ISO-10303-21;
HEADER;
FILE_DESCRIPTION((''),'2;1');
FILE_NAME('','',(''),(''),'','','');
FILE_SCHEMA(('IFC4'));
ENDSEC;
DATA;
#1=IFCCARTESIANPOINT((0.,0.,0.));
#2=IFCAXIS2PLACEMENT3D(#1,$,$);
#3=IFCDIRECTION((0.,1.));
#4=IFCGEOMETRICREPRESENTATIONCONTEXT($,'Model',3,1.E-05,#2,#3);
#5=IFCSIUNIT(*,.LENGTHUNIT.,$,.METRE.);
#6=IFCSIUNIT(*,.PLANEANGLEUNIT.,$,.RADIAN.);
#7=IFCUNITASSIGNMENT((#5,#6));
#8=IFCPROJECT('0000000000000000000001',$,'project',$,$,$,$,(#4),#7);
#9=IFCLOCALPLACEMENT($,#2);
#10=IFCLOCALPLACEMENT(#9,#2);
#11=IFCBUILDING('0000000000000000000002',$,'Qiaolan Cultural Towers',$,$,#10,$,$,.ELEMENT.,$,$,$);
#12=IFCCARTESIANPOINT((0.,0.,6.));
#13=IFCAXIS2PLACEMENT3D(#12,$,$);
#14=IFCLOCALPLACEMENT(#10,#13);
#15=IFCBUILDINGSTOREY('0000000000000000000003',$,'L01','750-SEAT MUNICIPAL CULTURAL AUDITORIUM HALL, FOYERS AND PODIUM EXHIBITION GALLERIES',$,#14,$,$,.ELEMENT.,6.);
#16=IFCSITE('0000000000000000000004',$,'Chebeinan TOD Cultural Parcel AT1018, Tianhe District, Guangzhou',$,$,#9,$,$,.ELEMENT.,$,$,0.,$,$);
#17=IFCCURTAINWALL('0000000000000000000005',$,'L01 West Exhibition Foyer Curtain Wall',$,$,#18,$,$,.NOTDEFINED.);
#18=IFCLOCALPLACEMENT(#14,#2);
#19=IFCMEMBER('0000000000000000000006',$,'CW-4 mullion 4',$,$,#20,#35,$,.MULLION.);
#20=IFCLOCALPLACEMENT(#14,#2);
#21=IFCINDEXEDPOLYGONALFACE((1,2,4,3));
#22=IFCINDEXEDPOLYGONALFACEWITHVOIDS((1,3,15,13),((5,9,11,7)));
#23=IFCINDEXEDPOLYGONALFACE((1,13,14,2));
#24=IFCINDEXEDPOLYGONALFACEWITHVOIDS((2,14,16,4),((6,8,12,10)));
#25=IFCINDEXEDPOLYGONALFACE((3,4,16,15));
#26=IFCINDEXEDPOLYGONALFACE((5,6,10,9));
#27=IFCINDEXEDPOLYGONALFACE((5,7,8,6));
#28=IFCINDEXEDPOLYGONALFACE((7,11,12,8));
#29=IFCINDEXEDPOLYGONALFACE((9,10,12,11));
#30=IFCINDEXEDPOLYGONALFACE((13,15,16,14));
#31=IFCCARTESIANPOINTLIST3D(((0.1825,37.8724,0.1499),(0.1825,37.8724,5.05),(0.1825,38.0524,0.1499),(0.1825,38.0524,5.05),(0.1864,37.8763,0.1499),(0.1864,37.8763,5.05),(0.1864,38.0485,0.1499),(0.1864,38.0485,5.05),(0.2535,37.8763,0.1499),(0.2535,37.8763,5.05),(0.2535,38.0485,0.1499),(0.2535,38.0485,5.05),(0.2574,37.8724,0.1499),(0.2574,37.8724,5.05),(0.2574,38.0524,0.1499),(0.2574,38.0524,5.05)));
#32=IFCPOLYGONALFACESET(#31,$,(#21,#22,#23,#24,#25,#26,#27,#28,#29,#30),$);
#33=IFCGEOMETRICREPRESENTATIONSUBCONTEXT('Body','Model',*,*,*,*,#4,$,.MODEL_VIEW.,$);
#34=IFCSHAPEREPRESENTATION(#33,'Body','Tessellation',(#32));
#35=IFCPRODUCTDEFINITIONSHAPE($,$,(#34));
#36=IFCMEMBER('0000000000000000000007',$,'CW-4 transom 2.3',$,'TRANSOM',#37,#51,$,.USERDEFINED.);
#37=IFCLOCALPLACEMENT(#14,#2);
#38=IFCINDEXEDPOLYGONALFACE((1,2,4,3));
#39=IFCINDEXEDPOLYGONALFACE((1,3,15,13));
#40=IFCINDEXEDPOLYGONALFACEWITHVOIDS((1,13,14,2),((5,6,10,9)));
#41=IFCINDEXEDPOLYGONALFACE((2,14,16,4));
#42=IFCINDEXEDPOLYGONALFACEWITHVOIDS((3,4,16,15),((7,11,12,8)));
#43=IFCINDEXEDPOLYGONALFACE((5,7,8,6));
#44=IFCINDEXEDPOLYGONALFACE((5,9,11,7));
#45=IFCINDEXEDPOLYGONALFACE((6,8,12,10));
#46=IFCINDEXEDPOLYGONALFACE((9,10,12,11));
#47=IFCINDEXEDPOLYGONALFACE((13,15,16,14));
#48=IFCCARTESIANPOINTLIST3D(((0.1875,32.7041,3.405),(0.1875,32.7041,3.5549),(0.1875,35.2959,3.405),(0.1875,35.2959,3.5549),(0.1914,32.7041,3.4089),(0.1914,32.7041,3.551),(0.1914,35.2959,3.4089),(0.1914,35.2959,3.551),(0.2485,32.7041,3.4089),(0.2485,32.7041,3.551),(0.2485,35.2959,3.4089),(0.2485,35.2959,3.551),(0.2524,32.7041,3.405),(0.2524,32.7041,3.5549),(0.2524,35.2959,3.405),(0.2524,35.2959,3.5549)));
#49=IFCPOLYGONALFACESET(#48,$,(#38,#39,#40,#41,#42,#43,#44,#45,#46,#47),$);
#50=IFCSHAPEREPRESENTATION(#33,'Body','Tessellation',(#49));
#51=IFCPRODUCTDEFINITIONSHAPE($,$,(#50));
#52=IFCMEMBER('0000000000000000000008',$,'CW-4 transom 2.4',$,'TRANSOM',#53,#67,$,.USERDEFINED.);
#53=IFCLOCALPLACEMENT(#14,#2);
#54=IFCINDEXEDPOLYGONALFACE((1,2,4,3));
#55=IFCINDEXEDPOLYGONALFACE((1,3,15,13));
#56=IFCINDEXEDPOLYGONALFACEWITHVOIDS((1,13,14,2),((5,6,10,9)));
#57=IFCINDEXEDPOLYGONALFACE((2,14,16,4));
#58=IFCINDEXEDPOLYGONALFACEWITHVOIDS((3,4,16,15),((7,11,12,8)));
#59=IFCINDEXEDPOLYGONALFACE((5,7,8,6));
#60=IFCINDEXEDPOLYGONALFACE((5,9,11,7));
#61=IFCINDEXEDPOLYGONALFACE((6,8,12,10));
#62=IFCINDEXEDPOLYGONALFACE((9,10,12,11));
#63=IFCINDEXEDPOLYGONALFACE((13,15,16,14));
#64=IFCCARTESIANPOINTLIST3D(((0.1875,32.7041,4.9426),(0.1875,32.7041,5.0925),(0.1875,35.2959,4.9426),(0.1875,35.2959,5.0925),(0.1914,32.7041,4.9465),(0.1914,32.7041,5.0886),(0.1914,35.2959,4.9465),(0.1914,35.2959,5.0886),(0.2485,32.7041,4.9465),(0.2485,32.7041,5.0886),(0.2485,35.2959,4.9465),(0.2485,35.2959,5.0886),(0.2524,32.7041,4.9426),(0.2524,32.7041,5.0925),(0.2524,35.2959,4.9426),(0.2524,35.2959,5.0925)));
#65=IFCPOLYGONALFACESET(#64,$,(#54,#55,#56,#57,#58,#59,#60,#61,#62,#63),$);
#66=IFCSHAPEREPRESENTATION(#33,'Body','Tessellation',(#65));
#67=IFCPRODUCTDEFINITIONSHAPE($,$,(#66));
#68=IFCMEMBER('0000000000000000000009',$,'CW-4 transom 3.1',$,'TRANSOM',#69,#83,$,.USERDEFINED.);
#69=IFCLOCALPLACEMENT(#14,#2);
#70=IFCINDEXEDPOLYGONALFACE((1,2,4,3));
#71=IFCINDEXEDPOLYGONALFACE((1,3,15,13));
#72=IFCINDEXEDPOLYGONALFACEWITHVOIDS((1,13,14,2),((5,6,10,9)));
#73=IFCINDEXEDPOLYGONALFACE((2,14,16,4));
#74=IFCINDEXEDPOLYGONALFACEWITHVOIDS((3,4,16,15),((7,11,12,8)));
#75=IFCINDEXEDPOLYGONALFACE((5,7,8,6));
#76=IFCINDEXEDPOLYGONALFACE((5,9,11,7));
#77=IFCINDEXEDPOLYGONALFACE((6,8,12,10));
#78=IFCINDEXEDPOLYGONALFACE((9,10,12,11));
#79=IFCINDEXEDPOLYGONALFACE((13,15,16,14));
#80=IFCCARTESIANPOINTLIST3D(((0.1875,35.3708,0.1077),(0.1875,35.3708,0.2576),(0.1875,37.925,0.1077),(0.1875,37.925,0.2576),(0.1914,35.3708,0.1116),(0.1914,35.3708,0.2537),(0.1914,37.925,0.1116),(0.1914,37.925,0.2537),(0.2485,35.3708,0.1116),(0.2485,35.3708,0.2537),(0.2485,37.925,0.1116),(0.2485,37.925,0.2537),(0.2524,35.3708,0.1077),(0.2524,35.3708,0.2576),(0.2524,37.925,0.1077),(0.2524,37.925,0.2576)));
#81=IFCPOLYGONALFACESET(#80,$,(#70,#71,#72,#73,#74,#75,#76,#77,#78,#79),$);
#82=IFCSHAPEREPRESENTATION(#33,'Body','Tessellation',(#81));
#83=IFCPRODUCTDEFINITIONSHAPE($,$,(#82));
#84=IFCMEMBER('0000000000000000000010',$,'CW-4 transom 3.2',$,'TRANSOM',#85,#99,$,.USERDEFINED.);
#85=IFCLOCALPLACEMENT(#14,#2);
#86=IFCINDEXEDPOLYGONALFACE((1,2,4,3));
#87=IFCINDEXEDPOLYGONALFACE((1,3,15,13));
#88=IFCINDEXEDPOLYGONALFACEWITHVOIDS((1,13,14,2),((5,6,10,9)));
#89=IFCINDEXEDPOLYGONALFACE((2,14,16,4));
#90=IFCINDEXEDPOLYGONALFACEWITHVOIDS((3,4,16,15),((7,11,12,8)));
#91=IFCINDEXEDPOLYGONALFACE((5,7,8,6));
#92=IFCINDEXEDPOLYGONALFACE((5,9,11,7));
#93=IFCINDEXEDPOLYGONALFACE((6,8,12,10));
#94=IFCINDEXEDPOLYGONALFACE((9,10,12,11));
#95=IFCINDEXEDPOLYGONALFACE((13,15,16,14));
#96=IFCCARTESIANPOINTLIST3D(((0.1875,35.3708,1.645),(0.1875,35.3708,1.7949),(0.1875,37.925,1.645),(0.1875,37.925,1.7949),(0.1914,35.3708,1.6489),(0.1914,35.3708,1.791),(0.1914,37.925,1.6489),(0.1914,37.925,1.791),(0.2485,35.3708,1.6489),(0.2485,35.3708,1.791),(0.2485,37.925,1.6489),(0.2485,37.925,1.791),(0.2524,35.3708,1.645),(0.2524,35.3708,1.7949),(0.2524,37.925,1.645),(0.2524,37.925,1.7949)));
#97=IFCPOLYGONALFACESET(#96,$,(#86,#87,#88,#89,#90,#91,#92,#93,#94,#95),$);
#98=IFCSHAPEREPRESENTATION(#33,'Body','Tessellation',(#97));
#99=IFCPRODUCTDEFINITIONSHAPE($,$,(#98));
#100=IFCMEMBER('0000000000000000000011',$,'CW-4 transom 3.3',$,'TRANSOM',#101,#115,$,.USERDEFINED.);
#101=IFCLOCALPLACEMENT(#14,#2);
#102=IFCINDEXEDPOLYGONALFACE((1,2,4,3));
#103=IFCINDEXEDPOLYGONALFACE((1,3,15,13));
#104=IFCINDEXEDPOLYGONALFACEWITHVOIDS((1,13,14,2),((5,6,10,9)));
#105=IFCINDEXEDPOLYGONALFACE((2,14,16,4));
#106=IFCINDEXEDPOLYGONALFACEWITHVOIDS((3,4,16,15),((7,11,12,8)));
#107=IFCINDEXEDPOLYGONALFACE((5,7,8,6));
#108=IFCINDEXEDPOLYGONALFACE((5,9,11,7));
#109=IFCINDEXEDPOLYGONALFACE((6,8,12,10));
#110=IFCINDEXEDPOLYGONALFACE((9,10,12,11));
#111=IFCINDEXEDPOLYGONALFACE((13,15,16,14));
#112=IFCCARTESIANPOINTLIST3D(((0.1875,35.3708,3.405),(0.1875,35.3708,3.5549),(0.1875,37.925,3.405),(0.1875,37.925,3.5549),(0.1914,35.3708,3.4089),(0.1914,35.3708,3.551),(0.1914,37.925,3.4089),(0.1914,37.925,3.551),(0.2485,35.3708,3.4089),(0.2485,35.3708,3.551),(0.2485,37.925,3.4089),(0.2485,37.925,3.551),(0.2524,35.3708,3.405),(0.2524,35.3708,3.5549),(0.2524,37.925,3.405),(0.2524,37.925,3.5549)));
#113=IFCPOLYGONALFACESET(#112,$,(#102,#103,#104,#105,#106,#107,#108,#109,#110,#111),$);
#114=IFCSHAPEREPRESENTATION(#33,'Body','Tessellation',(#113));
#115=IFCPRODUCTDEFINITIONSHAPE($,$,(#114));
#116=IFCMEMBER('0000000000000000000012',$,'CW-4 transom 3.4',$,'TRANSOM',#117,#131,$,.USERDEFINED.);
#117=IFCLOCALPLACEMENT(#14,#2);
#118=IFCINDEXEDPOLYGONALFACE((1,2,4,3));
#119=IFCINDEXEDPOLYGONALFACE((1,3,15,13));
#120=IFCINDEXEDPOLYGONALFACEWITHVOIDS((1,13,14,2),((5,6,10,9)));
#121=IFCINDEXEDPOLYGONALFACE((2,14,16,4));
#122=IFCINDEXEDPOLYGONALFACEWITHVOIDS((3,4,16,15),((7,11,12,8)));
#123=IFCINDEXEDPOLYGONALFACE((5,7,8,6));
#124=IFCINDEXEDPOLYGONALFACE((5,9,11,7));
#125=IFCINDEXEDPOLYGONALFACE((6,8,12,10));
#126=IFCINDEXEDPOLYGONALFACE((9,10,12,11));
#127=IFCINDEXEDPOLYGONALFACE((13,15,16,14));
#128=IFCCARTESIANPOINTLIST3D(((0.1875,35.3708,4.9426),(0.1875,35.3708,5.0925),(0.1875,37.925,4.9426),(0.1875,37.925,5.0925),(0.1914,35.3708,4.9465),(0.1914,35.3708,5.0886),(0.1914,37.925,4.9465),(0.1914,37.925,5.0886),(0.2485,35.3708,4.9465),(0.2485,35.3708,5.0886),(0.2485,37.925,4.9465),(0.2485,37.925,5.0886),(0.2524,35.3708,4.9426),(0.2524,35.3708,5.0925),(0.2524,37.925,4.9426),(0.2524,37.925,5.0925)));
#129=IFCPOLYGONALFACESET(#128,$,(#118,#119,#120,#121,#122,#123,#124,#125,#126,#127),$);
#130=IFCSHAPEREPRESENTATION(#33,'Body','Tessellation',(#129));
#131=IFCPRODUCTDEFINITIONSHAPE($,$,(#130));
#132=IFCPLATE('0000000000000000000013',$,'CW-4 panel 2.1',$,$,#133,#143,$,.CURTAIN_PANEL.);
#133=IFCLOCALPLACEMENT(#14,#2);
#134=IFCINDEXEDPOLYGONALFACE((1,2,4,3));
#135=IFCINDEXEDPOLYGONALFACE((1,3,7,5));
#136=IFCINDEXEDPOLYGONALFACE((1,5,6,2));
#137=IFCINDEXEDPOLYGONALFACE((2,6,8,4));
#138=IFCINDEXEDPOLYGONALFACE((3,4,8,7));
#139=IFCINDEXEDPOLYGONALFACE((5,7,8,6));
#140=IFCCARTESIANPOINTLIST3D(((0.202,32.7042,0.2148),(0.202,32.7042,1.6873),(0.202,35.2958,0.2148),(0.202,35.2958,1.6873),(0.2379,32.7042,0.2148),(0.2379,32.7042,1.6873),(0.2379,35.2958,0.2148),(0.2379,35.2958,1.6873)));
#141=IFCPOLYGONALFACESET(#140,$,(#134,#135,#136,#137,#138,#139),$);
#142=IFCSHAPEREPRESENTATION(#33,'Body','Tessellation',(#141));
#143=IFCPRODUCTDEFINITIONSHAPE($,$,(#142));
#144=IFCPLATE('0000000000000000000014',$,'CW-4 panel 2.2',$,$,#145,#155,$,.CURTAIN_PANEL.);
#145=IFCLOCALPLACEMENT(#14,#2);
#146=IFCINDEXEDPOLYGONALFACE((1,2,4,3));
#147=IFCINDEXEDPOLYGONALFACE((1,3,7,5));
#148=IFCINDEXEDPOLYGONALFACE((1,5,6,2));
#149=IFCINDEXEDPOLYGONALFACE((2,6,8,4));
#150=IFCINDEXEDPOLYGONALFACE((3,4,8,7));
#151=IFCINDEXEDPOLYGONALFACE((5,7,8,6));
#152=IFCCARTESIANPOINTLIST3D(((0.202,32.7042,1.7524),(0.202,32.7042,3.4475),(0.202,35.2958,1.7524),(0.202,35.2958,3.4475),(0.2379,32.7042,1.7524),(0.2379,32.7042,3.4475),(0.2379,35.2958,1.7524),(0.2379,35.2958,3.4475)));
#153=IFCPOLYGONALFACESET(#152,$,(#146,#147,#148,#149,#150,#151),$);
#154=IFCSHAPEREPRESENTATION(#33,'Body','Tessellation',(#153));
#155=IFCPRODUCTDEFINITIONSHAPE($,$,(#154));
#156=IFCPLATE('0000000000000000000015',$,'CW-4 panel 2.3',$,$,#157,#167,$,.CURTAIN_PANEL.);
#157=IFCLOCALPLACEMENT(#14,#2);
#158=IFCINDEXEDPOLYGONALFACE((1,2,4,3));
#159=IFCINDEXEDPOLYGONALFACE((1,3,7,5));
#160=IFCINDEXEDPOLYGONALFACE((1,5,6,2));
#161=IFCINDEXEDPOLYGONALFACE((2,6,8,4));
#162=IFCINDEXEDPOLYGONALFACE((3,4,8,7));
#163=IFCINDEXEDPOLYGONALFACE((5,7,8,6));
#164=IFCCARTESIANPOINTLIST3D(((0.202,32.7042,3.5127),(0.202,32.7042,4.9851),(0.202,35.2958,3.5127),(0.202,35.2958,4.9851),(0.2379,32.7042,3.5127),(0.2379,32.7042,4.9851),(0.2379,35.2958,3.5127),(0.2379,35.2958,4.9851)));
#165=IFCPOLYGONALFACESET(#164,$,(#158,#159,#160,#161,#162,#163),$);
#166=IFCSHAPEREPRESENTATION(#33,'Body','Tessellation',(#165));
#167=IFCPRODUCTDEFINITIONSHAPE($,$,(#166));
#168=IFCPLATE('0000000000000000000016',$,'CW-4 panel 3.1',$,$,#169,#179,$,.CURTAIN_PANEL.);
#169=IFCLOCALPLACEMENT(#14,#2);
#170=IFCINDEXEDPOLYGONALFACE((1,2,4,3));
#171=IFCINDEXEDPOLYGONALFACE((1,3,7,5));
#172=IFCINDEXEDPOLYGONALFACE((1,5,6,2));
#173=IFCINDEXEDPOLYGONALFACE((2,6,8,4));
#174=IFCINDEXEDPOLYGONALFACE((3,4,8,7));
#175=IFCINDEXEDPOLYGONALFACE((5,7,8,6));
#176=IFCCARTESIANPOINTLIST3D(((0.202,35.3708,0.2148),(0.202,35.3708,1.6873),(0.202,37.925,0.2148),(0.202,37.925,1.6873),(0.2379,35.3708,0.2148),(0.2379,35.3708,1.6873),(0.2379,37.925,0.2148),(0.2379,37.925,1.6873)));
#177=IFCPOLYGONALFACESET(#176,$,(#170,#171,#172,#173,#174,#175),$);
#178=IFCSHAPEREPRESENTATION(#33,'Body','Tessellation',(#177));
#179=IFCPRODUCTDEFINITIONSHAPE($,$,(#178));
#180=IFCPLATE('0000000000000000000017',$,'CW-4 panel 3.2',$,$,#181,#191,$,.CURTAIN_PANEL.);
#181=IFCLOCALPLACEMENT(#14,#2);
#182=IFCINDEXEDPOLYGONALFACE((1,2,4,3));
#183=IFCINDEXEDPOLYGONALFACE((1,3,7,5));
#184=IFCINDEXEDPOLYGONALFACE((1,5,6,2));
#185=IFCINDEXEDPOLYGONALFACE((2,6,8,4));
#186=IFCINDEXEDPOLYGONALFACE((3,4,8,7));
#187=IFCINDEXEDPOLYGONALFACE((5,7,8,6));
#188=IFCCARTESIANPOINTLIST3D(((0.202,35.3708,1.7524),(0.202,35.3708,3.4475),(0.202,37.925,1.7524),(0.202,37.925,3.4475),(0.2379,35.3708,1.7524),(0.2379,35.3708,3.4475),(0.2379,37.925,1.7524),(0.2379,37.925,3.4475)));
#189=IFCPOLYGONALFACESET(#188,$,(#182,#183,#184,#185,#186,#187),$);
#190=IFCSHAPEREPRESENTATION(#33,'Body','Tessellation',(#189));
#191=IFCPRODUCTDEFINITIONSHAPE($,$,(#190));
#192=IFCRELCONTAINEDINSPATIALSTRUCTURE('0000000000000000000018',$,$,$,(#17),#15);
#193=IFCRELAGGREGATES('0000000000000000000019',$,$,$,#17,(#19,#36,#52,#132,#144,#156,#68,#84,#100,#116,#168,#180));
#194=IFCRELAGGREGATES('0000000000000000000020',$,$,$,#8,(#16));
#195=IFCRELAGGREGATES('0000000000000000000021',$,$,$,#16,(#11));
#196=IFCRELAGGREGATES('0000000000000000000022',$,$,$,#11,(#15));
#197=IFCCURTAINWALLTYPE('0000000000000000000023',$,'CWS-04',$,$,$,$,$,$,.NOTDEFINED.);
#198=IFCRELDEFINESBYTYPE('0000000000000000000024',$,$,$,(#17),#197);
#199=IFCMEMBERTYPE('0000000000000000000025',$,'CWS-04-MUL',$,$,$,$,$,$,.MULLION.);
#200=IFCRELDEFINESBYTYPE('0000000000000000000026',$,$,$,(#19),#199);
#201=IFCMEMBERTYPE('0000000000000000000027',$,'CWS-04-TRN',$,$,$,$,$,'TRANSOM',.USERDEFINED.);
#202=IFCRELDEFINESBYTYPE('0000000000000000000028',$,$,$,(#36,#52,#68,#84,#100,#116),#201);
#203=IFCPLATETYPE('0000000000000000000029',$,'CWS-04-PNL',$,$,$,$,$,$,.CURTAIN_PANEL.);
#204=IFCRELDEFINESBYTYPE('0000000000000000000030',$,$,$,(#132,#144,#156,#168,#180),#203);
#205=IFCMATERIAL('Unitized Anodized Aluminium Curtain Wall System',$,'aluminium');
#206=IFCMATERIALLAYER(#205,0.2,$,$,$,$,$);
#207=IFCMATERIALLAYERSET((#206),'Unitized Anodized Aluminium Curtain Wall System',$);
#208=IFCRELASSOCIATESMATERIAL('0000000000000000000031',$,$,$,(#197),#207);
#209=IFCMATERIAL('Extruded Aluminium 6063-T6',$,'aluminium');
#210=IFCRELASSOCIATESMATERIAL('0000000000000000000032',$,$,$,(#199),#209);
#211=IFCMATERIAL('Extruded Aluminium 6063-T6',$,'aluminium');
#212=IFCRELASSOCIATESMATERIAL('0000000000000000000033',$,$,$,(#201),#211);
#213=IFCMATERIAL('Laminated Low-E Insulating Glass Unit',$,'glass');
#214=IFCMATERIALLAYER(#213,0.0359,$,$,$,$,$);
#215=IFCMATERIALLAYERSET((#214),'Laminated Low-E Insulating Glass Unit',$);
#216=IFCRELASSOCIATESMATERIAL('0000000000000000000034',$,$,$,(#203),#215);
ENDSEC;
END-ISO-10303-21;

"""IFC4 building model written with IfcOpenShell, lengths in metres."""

from ifc_helpers import new_model, si_unit, direction, frame, origin, origin_2d, place, context, subcontext, project, spatial, rectangle, hollow_rectangle, extrude, material, layer, layer_set, material_profile, profile_set, type_object, element, aggregate, save


model = new_model("IFC4")

# Units and contexts
model_context = context("Model", 3, precision=1e-05, world=origin(), true_north=direction((0.0, 1.0)))
body_context = subcontext(model_context, "Body", "Model", "MODEL_VIEW")
ifc_project = project(units=[si_unit("LENGTHUNIT", "METRE"), si_unit("PLANEANGLEUNIT", "RADIAN")], contexts=[model_context])

# Site, building, storey
site_placement = place(None, origin())
site = spatial("IfcSite", under=ifc_project, at=site_placement, Name="Chebeinan TOD Cultural Parcel AT1018, Tianhe District, Guangzhou", CompositionType="ELEMENT", RefElevation=0.0)
building_placement = place(site_placement, origin())
building = spatial("IfcBuilding", under=site, at=building_placement, Name="Qiaolan Cultural Towers", CompositionType="ELEMENT")
storey_placement = place(building_placement, frame((0.0, 0.0, 6.0)))
storey = spatial("IfcBuildingStorey", under=building, at=storey_placement, Name="L01", Description="750-SEAT MUNICIPAL CULTURAL AUDITORIUM HALL, FOYERS AND PODIUM EXHIBITION GALLERIES", CompositionType="ELEMENT", Elevation=6.0)

# Curtain wall, members, plates
ifc_material_1 = material(Name="Unitized Anodized Aluminium Curtain Wall System", Category="aluminium")
ifc_layer_1 = layer(ifc_material_1, 0.2)
ifc_layer_set_1 = layer_set([ifc_layer_1], Name="Unitized Anodized Aluminium Curtain Wall System")
curtain_wall_type = type_object("IfcCurtainWallType", Name="CWS-04", PredefinedType="NOTDEFINED", material=ifc_layer_set_1)
curtain_wall_placement = place(storey_placement, origin())
curtain_wall = element("IfcCurtainWall", 1, at=curtain_wall_placement, inside=storey, type_object=curtain_wall_type, Name="L01 West Exhibition Foyer Curtain Wall", PredefinedType="NOTDEFINED")
ifc_material_2 = material(Name="Extruded Aluminium 6063-T6", Category="aluminium")
ifc_material_profile_1 = material_profile(ifc_material_2, hollow_rectangle(XDim=0.075, YDim=0.1799, WallThickness=0.0039, at=origin_2d()), Name="CWM-180x75x4")
ifc_profile_set_1 = profile_set([ifc_material_profile_1], Name="Extruded Aluminium 6063-T6")
member_type_1 = type_object("IfcMemberType", Name="CWS-04-MUL", PredefinedType="MULLION", material=ifc_profile_set_1)
member_1_placement = place(storey_placement, frame((0.22, 37.9624, 0.1499), z_axis=(0.0, 0.0, 1.0), x_axis=(-1.0, 0.0, 0.0)))
member_1 = element("IfcMember", 2, at=member_1_placement, type_object=member_type_1, Name="CW-4 mullion 4", PredefinedType="MULLION", context=body_context, shape_type="SweptSolid", body=[
    extrude(hollow_rectangle(XDim=0.075, YDim=0.1799, WallThickness=0.0039, at=origin_2d()), origin(), (0.0, 0.0, 1.0), 4.9001),
])
ifc_material_3 = material(Name="Extruded Aluminium 6063-T6", Category="aluminium")
ifc_material_profile_2 = material_profile(ifc_material_3, hollow_rectangle(XDim=0.0649, YDim=0.1499, WallThickness=0.0039, at=origin_2d()), Name="CWT-150x65x4")
ifc_profile_set_2 = profile_set([ifc_material_profile_2], Name="Extruded Aluminium 6063-T6")
member_type_2 = type_object("IfcMemberType", Name="CWS-04-TRN", ElementType="TRANSOM", PredefinedType="USERDEFINED", material=ifc_profile_set_2)
member_2_placement = place(storey_placement, frame((0.22, 32.7041, 3.48), z_axis=(0.0, 1.0, 0.0), x_axis=(-1.0, 0.0, 0.0)))
member_2 = element("IfcMember", 3, at=member_2_placement, type_object=member_type_2, Name="CW-4 transom 2.3", ObjectType="TRANSOM", PredefinedType="USERDEFINED", context=body_context, shape_type="SweptSolid", body=[
    extrude(hollow_rectangle(XDim=0.0649, YDim=0.1499, WallThickness=0.0039, at=origin_2d()), origin(), (0.0, 0.0, 1.0), 2.5918),
])
member_3_placement = place(storey_placement, frame((0.22, 32.7041, 5.0176), z_axis=(0.0, 1.0, 0.0), x_axis=(-1.0, 0.0, 0.0)))
member_3 = element("IfcMember", 4, at=member_3_placement, type_object=member_type_2, Name="CW-4 transom 2.4", ObjectType="TRANSOM", PredefinedType="USERDEFINED", context=body_context, shape_type="SweptSolid", body=[
    extrude(hollow_rectangle(XDim=0.0649, YDim=0.1499, WallThickness=0.0039, at=origin_2d()), origin(), (0.0, 0.0, 1.0), 2.5918),
])
member_4_placement = place(storey_placement, frame((0.22, 35.3708, 0.1826), z_axis=(0.0, 1.0, 0.0), x_axis=(-1.0, 0.0, 0.0)))
member_4 = element("IfcMember", 5, at=member_4_placement, type_object=member_type_2, Name="CW-4 transom 3.1", ObjectType="TRANSOM", PredefinedType="USERDEFINED", context=body_context, shape_type="SweptSolid", body=[
    extrude(hollow_rectangle(XDim=0.0649, YDim=0.1499, WallThickness=0.0039, at=origin_2d()), origin(), (0.0, 0.0, 1.0), 2.5542),
])
member_5_placement = place(storey_placement, frame((0.22, 35.3708, 1.72), z_axis=(0.0, 1.0, 0.0), x_axis=(-1.0, 0.0, 0.0)))
member_5 = element("IfcMember", 6, at=member_5_placement, type_object=member_type_2, Name="CW-4 transom 3.2", ObjectType="TRANSOM", PredefinedType="USERDEFINED", context=body_context, shape_type="SweptSolid", body=[
    extrude(hollow_rectangle(XDim=0.0649, YDim=0.1499, WallThickness=0.0039, at=origin_2d()), origin(), (0.0, 0.0, 1.0), 2.5542),
])
member_6_placement = place(storey_placement, frame((0.22, 35.3708, 3.48), z_axis=(0.0, 1.0, 0.0), x_axis=(-1.0, 0.0, 0.0)))
member_6 = element("IfcMember", 7, at=member_6_placement, type_object=member_type_2, Name="CW-4 transom 3.3", ObjectType="TRANSOM", PredefinedType="USERDEFINED", context=body_context, shape_type="SweptSolid", body=[
    extrude(hollow_rectangle(XDim=0.0649, YDim=0.1499, WallThickness=0.0039, at=origin_2d()), origin(), (0.0, 0.0, 1.0), 2.5542),
])
member_7_placement = place(storey_placement, frame((0.22, 35.3708, 5.0176), z_axis=(0.0, 1.0, 0.0), x_axis=(-1.0, 0.0, 0.0)))
member_7 = element("IfcMember", 8, at=member_7_placement, type_object=member_type_2, Name="CW-4 transom 3.4", ObjectType="TRANSOM", PredefinedType="USERDEFINED", context=body_context, shape_type="SweptSolid", body=[
    extrude(hollow_rectangle(XDim=0.0649, YDim=0.1499, WallThickness=0.0039, at=origin_2d()), origin(), (0.0, 0.0, 1.0), 2.5542),
])
ifc_material_4 = material(Name="Laminated Low-E Insulating Glass Unit", Category="glass")
ifc_layer_2 = layer(ifc_material_4, 0.0359)
ifc_layer_set_2 = layer_set([ifc_layer_2], Name="Laminated Low-E Insulating Glass Unit")
plate_type = type_object("IfcPlateType", Name="CWS-04-PNL", PredefinedType="CURTAIN_PANEL", material=ifc_layer_set_2)
plate_1_placement = place(storey_placement, frame((0.22, 34.0, 0.2148), z_axis=(0.0, 0.0, 1.0), x_axis=(0.0, 1.0, 0.0)))
plate_1 = element("IfcPlate", 9, at=plate_1_placement, type_object=plate_type, Name="CW-4 panel 2.1", PredefinedType="CURTAIN_PANEL", context=body_context, shape_type="SweptSolid", body=[
    extrude(rectangle(XDim=2.5916, YDim=0.0359, at=origin_2d()), origin(), (0.0, 0.0, 1.0), 1.4724),
])
plate_2_placement = place(storey_placement, frame((0.22, 34.0, 1.7524), z_axis=(0.0, 0.0, 1.0), x_axis=(0.0, 1.0, 0.0)))
plate_2 = element("IfcPlate", 10, at=plate_2_placement, type_object=plate_type, Name="CW-4 panel 2.2", PredefinedType="CURTAIN_PANEL", context=body_context, shape_type="SweptSolid", body=[
    extrude(rectangle(XDim=2.5916, YDim=0.0359, at=origin_2d()), origin(), (0.0, 0.0, 1.0), 1.6951),
])
plate_3_placement = place(storey_placement, frame((0.22, 34.0, 3.5127), z_axis=(0.0, 0.0, 1.0), x_axis=(0.0, 1.0, 0.0)))
plate_3 = element("IfcPlate", 11, at=plate_3_placement, type_object=plate_type, Name="CW-4 panel 2.3", PredefinedType="CURTAIN_PANEL", context=body_context, shape_type="SweptSolid", body=[
    extrude(rectangle(XDim=2.5916, YDim=0.0359, at=origin_2d()), origin(), (0.0, 0.0, 1.0), 1.4724),
])
plate_4_placement = place(storey_placement, frame((0.22, 36.6479, 0.2148), z_axis=(0.0, 0.0, 1.0), x_axis=(0.0, 1.0, 0.0)))
plate_4 = element("IfcPlate", 12, at=plate_4_placement, type_object=plate_type, Name="CW-4 panel 3.1", PredefinedType="CURTAIN_PANEL", context=body_context, shape_type="SweptSolid", body=[
    extrude(rectangle(XDim=2.5542, YDim=0.0359, at=origin_2d()), origin(), (0.0, 0.0, 1.0), 1.4724),
])
plate_5_placement = place(storey_placement, frame((0.22, 36.6479, 1.7524), z_axis=(0.0, 0.0, 1.0), x_axis=(0.0, 1.0, 0.0)))
plate_5 = element("IfcPlate", 13, at=plate_5_placement, type_object=plate_type, Name="CW-4 panel 3.2", PredefinedType="CURTAIN_PANEL", context=body_context, shape_type="SweptSolid", body=[
    extrude(rectangle(XDim=2.5542, YDim=0.0359, at=origin_2d()), origin(), (0.0, 0.0, 1.0), 1.6951),
])
aggregate(curtain_wall, [member_1, member_2, member_3, plate_1, plate_2, plate_3, member_4, member_5, member_6, member_7, plate_4, plate_5])

save(model, "model.ifc")
